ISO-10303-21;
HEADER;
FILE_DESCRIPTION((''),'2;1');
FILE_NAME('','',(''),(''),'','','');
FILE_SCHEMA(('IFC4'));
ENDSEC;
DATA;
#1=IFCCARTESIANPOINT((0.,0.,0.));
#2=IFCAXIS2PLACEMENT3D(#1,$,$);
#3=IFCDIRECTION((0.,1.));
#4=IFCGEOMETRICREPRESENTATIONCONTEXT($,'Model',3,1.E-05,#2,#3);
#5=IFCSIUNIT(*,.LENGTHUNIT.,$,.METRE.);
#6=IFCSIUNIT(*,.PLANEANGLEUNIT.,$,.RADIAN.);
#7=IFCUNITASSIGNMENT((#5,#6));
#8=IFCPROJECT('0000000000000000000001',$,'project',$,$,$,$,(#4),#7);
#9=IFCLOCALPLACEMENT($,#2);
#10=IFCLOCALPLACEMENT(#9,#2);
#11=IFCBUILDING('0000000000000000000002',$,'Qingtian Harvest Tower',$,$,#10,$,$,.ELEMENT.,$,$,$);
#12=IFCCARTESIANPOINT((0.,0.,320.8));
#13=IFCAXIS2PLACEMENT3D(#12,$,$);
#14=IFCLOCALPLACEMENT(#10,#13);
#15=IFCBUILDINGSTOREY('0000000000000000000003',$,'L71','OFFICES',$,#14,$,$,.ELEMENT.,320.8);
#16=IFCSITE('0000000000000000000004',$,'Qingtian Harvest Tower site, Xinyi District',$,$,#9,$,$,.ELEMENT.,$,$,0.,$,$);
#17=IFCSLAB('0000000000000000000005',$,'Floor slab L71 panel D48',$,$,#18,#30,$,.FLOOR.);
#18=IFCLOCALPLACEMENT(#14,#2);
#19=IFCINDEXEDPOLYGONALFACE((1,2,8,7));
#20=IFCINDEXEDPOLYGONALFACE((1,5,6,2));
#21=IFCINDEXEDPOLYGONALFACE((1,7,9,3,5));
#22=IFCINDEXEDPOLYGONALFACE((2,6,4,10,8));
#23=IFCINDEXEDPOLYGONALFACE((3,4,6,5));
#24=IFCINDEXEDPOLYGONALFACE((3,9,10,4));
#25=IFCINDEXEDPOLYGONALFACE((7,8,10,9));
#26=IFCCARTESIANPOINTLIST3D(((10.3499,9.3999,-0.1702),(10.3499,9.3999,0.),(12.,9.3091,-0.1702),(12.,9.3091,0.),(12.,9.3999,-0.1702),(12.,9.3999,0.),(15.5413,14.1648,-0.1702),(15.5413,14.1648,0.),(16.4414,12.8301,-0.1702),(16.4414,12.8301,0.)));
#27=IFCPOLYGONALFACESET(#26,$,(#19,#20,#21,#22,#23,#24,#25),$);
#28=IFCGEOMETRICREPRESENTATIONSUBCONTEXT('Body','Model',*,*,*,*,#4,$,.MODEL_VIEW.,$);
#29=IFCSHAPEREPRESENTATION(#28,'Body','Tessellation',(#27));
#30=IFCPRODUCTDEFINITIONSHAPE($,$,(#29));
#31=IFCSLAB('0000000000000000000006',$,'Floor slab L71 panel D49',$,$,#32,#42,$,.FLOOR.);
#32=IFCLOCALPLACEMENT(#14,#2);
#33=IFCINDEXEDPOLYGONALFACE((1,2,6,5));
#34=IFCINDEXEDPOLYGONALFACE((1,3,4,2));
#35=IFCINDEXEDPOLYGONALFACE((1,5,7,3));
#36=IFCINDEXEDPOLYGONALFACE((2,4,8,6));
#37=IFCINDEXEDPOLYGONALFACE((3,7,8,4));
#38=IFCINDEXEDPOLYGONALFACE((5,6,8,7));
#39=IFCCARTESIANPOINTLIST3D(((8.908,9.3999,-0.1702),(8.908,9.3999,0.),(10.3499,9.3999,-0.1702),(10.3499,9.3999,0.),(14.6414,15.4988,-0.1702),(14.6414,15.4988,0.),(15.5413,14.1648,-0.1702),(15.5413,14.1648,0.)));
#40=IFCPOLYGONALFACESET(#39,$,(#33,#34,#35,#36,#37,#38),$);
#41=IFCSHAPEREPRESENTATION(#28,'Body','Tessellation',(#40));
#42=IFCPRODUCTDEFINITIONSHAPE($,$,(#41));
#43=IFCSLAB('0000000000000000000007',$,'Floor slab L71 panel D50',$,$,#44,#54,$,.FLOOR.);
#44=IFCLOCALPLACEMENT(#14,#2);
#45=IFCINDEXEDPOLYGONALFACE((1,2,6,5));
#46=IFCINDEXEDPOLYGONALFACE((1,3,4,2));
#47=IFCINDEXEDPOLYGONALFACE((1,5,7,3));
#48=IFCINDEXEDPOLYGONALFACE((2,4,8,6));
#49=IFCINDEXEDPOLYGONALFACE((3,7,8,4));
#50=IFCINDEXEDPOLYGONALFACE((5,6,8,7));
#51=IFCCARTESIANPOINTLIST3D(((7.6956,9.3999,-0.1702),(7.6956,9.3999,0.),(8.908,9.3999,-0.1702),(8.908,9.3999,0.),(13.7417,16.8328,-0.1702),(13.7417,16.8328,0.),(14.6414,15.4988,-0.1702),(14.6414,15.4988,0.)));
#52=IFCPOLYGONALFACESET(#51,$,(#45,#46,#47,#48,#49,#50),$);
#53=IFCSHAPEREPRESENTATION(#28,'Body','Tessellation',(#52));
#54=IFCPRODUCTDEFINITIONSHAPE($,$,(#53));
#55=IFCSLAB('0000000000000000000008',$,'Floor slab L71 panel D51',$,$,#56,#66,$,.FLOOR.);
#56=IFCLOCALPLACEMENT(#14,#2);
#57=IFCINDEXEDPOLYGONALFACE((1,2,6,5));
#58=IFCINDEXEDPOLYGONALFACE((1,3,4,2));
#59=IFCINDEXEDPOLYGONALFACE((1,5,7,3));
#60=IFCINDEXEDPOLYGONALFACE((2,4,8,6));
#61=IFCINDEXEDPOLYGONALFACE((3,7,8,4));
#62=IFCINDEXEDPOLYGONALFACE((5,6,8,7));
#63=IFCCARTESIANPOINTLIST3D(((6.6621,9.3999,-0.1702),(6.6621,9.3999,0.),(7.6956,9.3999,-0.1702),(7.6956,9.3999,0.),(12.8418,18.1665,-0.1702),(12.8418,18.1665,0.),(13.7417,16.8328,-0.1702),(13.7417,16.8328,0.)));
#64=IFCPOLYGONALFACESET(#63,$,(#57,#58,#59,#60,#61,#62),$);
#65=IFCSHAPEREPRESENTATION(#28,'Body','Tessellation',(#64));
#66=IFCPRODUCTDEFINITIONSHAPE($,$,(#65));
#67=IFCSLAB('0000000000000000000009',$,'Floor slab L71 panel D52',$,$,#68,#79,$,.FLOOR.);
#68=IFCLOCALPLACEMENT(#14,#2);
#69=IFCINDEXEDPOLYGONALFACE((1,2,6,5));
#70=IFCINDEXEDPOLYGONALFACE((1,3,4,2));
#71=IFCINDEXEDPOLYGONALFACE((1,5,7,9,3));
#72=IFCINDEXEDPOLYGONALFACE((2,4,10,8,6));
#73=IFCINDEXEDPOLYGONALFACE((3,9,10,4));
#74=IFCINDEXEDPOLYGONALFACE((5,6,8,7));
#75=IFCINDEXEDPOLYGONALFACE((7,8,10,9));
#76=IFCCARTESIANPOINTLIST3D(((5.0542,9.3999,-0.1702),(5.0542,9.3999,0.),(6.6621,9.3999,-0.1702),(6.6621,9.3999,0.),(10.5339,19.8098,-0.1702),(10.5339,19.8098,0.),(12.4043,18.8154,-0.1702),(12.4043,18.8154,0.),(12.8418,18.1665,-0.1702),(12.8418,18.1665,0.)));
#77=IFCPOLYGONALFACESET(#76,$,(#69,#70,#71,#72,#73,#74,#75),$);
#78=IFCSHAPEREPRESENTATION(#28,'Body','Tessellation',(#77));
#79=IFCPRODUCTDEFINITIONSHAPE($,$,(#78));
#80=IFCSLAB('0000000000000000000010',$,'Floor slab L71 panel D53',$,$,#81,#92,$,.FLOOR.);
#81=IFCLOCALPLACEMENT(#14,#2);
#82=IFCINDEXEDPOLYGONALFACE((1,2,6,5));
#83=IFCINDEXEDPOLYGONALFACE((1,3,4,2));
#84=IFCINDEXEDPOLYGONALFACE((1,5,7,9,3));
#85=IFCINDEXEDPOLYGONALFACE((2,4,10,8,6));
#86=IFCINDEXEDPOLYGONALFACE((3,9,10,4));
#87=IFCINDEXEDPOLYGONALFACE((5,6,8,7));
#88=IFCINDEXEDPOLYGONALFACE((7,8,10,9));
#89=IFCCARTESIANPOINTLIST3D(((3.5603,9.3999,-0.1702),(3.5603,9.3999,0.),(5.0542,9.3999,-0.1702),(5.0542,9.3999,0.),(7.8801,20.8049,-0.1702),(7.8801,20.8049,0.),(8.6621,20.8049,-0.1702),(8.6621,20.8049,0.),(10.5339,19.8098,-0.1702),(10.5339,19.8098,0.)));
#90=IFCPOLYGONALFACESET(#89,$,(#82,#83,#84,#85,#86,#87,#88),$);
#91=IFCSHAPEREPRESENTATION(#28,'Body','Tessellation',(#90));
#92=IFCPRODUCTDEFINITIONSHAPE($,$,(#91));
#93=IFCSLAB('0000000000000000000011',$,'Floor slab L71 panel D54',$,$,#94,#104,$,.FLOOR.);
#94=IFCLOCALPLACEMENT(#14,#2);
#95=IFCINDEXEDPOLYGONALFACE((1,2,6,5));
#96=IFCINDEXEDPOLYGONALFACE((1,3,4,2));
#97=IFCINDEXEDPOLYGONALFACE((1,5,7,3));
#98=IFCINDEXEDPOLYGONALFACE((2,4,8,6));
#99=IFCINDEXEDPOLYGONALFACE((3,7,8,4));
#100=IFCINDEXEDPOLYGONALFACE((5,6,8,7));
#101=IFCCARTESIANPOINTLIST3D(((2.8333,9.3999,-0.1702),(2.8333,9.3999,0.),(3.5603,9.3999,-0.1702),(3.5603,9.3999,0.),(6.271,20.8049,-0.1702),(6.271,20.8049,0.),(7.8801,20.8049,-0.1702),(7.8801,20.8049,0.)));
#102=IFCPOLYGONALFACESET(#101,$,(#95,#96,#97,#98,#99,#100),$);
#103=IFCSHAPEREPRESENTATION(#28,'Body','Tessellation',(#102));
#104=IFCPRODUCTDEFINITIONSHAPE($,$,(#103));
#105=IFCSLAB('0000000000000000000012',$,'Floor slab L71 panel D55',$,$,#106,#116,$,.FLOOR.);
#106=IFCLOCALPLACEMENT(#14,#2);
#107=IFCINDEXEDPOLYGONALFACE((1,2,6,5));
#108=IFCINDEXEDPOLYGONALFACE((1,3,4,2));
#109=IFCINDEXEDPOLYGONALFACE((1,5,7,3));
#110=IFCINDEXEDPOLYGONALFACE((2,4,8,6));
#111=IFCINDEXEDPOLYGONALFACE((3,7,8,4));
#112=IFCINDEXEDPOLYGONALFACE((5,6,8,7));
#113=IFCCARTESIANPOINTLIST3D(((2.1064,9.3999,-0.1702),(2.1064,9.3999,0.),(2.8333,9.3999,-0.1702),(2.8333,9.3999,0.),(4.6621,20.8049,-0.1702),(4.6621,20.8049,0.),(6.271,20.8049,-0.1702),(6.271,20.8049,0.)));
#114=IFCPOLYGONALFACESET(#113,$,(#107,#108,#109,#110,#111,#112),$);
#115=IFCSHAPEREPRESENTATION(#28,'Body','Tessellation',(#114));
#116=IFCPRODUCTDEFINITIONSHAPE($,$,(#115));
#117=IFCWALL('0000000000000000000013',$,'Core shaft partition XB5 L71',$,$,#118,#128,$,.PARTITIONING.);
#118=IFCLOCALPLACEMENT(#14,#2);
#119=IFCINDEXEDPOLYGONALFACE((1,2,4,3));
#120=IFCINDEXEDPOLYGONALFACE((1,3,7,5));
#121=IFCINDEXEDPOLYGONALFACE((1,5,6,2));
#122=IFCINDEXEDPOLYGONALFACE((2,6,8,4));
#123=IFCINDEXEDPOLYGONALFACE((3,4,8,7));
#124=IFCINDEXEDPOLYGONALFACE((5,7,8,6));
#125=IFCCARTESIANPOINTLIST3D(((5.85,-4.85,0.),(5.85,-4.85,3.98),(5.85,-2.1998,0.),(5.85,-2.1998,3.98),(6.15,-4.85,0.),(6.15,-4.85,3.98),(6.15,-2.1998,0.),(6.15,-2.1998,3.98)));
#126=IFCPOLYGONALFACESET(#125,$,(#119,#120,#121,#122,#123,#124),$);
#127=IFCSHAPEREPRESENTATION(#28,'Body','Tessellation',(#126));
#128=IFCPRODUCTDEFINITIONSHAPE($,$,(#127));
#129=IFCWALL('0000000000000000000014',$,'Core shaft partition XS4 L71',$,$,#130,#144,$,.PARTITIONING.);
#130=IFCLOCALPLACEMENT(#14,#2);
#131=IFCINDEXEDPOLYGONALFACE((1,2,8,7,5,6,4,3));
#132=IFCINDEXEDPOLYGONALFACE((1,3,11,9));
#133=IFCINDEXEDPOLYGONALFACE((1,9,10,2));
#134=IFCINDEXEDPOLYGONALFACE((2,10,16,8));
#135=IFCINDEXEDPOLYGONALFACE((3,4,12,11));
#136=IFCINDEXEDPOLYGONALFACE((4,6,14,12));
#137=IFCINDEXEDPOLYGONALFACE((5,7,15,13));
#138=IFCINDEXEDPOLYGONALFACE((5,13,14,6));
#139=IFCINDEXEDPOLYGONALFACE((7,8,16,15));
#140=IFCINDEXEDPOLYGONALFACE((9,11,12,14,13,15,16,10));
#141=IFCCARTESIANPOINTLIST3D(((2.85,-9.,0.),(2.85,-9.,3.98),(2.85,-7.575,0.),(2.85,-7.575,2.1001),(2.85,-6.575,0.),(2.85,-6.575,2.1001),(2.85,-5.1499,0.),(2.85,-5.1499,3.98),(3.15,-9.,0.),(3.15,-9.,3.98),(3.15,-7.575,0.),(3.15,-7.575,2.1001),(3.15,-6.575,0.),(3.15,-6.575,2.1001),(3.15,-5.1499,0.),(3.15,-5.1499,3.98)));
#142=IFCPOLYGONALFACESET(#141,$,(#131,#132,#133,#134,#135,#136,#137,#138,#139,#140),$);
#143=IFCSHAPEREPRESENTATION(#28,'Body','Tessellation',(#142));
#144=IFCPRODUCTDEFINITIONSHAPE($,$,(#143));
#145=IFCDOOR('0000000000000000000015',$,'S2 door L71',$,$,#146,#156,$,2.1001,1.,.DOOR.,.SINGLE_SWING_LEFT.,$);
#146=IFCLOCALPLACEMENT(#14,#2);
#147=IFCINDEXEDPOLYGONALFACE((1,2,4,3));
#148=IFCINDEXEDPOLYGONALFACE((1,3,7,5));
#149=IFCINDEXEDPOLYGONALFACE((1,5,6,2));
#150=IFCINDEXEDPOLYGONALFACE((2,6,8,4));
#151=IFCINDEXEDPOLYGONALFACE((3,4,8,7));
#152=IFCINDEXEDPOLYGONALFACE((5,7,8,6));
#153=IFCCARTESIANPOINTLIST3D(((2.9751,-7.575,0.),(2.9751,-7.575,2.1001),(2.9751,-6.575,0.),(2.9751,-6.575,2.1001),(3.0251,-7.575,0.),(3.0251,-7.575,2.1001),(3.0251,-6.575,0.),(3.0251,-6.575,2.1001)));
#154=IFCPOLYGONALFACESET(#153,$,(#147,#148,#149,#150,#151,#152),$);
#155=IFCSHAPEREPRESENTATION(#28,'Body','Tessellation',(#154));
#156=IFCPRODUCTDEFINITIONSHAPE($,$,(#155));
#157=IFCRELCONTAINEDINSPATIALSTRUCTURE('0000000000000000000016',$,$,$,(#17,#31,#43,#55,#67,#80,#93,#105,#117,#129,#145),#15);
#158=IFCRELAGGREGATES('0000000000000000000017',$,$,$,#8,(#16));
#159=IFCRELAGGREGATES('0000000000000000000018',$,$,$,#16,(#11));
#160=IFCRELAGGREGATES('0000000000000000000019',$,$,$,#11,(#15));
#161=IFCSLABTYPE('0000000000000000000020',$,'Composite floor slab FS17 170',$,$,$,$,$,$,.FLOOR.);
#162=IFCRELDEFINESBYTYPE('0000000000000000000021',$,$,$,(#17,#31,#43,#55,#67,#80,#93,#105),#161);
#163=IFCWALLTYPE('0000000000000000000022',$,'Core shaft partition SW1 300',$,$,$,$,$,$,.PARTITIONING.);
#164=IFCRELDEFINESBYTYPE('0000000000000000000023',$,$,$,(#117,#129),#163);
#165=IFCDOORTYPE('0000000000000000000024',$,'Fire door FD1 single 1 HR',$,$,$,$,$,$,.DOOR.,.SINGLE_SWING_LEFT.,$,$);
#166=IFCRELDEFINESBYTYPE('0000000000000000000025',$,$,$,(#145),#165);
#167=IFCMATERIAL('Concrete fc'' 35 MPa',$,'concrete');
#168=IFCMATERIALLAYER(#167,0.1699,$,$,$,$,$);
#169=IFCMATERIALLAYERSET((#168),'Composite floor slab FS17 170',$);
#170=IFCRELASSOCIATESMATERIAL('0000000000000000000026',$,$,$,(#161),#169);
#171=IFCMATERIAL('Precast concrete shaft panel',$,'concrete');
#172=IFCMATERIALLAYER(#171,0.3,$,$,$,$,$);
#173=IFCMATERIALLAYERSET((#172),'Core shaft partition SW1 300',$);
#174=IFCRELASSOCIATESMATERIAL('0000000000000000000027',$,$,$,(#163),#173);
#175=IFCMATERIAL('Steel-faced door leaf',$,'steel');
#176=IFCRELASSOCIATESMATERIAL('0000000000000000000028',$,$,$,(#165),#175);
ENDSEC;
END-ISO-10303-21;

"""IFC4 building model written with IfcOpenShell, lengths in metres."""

from ifc_helpers import new_model, si_unit, direction, frame, frame_2d, origin, place, context, subcontext, project, spatial, polyline, rectangle, outline, extrude, material, layer, layer_set, type_object, element, fill, save


model = new_model("IFC4")

# Units and contexts
model_context = context("Model", 3, precision=1e-05, world=origin(), true_north=direction((0.0, 1.0)))
body_context = subcontext(model_context, "Body", "Model", "MODEL_VIEW")
ifc_project = project(units=[si_unit("LENGTHUNIT", "METRE"), si_unit("PLANEANGLEUNIT", "RADIAN")], contexts=[model_context])

# Site, building, storey
site_placement = place(None, origin())
site = spatial("IfcSite", under=ifc_project, at=site_placement, Name="Qingtian Harvest Tower site, Xinyi District", CompositionType="ELEMENT", RefElevation=0.0)
building_placement = place(site_placement, origin())
building = spatial("IfcBuilding", under=site, at=building_placement, Name="Qingtian Harvest Tower", CompositionType="ELEMENT")
storey_placement = place(building_placement, frame((0.0, 0.0, 320.8)))
storey = spatial("IfcBuildingStorey", under=building, at=storey_placement, Name="L71", Description="OFFICES", CompositionType="ELEMENT", Elevation=320.8)

# Slabs
ifc_material_1 = material(Name="Concrete fc' 35 MPa", Category="concrete")
ifc_layer_1 = layer(ifc_material_1, 0.1699)
ifc_layer_set_1 = layer_set([ifc_layer_1], Name="Composite floor slab FS17 170")
slab_type = type_object("IfcSlabType", Name="Composite floor slab FS17 170", PredefinedType="FLOOR", material=ifc_layer_set_1)
slab_1_placement = place(storey_placement, frame((0.0, 0.0, -0.1702)))
element("IfcSlab", 1, at=slab_1_placement, inside=storey, type_object=slab_type, Name="Floor slab L71 panel D48", PredefinedType="FLOOR", context=body_context, shape_type="SweptSolid", body=[
    extrude(outline(polyline([(12.0, 9.3999), (10.3499, 9.3999), (15.5413, 14.1648), (16.4414, 12.8301), (12.0, 9.3091), (12.0, 9.3999)])), origin(), (0.0, 0.0, 1.0), 0.1702),
])
slab_2_placement = place(storey_placement, frame((0.0, 0.0, -0.1702)))
element("IfcSlab", 2, at=slab_2_placement, inside=storey, type_object=slab_type, Name="Floor slab L71 panel D49", PredefinedType="FLOOR", context=body_context, shape_type="SweptSolid", body=[
    extrude(outline(polyline([(8.908, 9.3999), (14.6414, 15.4988), (15.5413, 14.1648), (10.3499, 9.3999), (8.908, 9.3999)])), origin(), (0.0, 0.0, 1.0), 0.1702),
])
slab_3_placement = place(storey_placement, frame((0.0, 0.0, -0.1702)))
element("IfcSlab", 3, at=slab_3_placement, inside=storey, type_object=slab_type, Name="Floor slab L71 panel D50", PredefinedType="FLOOR", context=body_context, shape_type="SweptSolid", body=[
    extrude(outline(polyline([(7.6956, 9.3999), (13.7417, 16.8328), (14.6414, 15.4988), (8.908, 9.3999), (7.6956, 9.3999)])), origin(), (0.0, 0.0, 1.0), 0.1702),
])
slab_4_placement = place(storey_placement, frame((0.0, 0.0, -0.1702)))
element("IfcSlab", 4, at=slab_4_placement, inside=storey, type_object=slab_type, Name="Floor slab L71 panel D51", PredefinedType="FLOOR", context=body_context, shape_type="SweptSolid", body=[
    extrude(outline(polyline([(6.6621, 9.3999), (12.8418, 18.1665), (13.7417, 16.8328), (7.6956, 9.3999), (6.6621, 9.3999)])), origin(), (0.0, 0.0, 1.0), 0.1702),
])
slab_5_placement = place(storey_placement, frame((0.0, 0.0, -0.1702)))
element("IfcSlab", 5, at=slab_5_placement, inside=storey, type_object=slab_type, Name="Floor slab L71 panel D52", PredefinedType="FLOOR", context=body_context, shape_type="SweptSolid", body=[
    extrude(outline(polyline([(6.6621, 9.3999), (5.0542, 9.3999), (10.5339, 19.8098), (12.4043, 18.8154), (12.8418, 18.1665), (6.6621, 9.3999)])), origin(), (0.0, 0.0, 1.0), 0.1702),
])
slab_6_placement = place(storey_placement, frame((0.0, 0.0, -0.1702)))
element("IfcSlab", 6, at=slab_6_placement, inside=storey, type_object=slab_type, Name="Floor slab L71 panel D53", PredefinedType="FLOOR", context=body_context, shape_type="SweptSolid", body=[
    extrude(outline(polyline([(3.5603, 9.3999), (7.8801, 20.8049), (8.6621, 20.8049), (10.5339, 19.8098), (5.0542, 9.3999), (3.5603, 9.3999)])), origin(), (0.0, 0.0, 1.0), 0.1702),
])
slab_7_placement = place(storey_placement, frame((0.0, 0.0, -0.1702)))
element("IfcSlab", 7, at=slab_7_placement, inside=storey, type_object=slab_type, Name="Floor slab L71 panel D54", PredefinedType="FLOOR", context=body_context, shape_type="SweptSolid", body=[
    extrude(outline(polyline([(2.8333, 9.3999), (6.271, 20.8049), (7.8801, 20.8049), (3.5603, 9.3999), (2.8333, 9.3999)])), origin(), (0.0, 0.0, 1.0), 0.1702),
])
slab_8_placement = place(storey_placement, frame((0.0, 0.0, -0.1702)))
element("IfcSlab", 8, at=slab_8_placement, inside=storey, type_object=slab_type, Name="Floor slab L71 panel D55", PredefinedType="FLOOR", context=body_context, shape_type="SweptSolid", body=[
    extrude(outline(polyline([(2.1064, 9.3999), (4.6621, 20.8049), (6.271, 20.8049), (2.8333, 9.3999), (2.1064, 9.3999)])), origin(), (0.0, 0.0, 1.0), 0.1702),
])

# Wall
ifc_material_2 = material(Name="Precast concrete shaft panel", Category="concrete")
ifc_layer_2 = layer(ifc_material_2, 0.3)
ifc_layer_set_2 = layer_set([ifc_layer_2], Name="Core shaft partition SW1 300")
wall_type_1 = type_object("IfcWallType", Name="Core shaft partition SW1 300", PredefinedType="PARTITIONING", material=ifc_layer_set_2)
wall_1_placement = place(storey_placement, frame((6.0, -4.8501, 0.0), z_axis=(0.0, 0.0, 1.0), x_axis=(0.0, 1.0, 0.0)))
element("IfcWall", 9, at=wall_1_placement, inside=storey, type_object=wall_type_1, Name="Core shaft partition XB5 L71", PredefinedType="PARTITIONING", context=body_context, shape_type="SweptSolid", body=[
    extrude(rectangle(XDim=2.6501, YDim=0.3, at=frame_2d((1.3252, 0.0))), origin(), (0.0, 0.0, 1.0), 3.98),
])

# Wall, opening, door
wall_2_placement = place(storey_placement, frame((3.0, -9.0, 0.0), z_axis=(0.0, 0.0, 1.0), x_axis=(0.0, 1.0, 0.0)))
wall_2 = element("IfcWall", 10, at=wall_2_placement, inside=storey, type_object=wall_type_1, Name="Core shaft partition XS4 L71", PredefinedType="PARTITIONING", context=body_context, shape_type="SweptSolid", body=[
    extrude(rectangle(XDim=3.8501, YDim=0.3, at=frame_2d((1.925, 0.0))), origin(), (0.0, 0.0, 1.0), 3.98),
])
opening_1_placement = place(wall_2_placement, frame((1.425, 0.0, 0.0)))
opening_1 = element("IfcOpeningElement", 11, at=opening_1_placement, cuts=wall_2, PredefinedType="OPENING", context=body_context, shape_type="SweptSolid", body=[
    extrude(rectangle(XDim=1.0, YDim=2.1001, at=frame_2d((0.5, 1.05))), frame((0.0, 0.1599, 0.0), z_axis=(0.0, -1.0, 0.0), x_axis=(1.0, 0.0, 0.0)), (0.0, 0.0, 1.0), 0.3201),
])
ifc_material_3 = material(Name="Steel-faced door leaf", Category="steel")
door_type_1 = type_object("IfcDoorType", Name="Fire door FD1 single 1 HR", OperationType="SINGLE_SWING_LEFT", PredefinedType="DOOR", material=ifc_material_3)
door_1_placement = place(opening_1_placement, origin())
door_1 = element("IfcDoor", 12, at=door_1_placement, inside=storey, type_object=door_type_1, Name="S2 door L71", OperationType="SINGLE_SWING_LEFT", OverallHeight=2.1001, OverallWidth=1.0, PredefinedType="DOOR", context=body_context, shape_type="SweptSolid", body=[
    extrude(rectangle(XDim=1.0, YDim=2.1001, at=frame_2d((0.5, 1.05))), frame((0.0, 0.0249, 0.0), z_axis=(0.0, -1.0, 0.0), x_axis=(1.0, 0.0, 0.0)), (0.0, 0.0, 1.0), 0.05),
])
fill(opening_1, door_1)

save(model, "model.ifc")
